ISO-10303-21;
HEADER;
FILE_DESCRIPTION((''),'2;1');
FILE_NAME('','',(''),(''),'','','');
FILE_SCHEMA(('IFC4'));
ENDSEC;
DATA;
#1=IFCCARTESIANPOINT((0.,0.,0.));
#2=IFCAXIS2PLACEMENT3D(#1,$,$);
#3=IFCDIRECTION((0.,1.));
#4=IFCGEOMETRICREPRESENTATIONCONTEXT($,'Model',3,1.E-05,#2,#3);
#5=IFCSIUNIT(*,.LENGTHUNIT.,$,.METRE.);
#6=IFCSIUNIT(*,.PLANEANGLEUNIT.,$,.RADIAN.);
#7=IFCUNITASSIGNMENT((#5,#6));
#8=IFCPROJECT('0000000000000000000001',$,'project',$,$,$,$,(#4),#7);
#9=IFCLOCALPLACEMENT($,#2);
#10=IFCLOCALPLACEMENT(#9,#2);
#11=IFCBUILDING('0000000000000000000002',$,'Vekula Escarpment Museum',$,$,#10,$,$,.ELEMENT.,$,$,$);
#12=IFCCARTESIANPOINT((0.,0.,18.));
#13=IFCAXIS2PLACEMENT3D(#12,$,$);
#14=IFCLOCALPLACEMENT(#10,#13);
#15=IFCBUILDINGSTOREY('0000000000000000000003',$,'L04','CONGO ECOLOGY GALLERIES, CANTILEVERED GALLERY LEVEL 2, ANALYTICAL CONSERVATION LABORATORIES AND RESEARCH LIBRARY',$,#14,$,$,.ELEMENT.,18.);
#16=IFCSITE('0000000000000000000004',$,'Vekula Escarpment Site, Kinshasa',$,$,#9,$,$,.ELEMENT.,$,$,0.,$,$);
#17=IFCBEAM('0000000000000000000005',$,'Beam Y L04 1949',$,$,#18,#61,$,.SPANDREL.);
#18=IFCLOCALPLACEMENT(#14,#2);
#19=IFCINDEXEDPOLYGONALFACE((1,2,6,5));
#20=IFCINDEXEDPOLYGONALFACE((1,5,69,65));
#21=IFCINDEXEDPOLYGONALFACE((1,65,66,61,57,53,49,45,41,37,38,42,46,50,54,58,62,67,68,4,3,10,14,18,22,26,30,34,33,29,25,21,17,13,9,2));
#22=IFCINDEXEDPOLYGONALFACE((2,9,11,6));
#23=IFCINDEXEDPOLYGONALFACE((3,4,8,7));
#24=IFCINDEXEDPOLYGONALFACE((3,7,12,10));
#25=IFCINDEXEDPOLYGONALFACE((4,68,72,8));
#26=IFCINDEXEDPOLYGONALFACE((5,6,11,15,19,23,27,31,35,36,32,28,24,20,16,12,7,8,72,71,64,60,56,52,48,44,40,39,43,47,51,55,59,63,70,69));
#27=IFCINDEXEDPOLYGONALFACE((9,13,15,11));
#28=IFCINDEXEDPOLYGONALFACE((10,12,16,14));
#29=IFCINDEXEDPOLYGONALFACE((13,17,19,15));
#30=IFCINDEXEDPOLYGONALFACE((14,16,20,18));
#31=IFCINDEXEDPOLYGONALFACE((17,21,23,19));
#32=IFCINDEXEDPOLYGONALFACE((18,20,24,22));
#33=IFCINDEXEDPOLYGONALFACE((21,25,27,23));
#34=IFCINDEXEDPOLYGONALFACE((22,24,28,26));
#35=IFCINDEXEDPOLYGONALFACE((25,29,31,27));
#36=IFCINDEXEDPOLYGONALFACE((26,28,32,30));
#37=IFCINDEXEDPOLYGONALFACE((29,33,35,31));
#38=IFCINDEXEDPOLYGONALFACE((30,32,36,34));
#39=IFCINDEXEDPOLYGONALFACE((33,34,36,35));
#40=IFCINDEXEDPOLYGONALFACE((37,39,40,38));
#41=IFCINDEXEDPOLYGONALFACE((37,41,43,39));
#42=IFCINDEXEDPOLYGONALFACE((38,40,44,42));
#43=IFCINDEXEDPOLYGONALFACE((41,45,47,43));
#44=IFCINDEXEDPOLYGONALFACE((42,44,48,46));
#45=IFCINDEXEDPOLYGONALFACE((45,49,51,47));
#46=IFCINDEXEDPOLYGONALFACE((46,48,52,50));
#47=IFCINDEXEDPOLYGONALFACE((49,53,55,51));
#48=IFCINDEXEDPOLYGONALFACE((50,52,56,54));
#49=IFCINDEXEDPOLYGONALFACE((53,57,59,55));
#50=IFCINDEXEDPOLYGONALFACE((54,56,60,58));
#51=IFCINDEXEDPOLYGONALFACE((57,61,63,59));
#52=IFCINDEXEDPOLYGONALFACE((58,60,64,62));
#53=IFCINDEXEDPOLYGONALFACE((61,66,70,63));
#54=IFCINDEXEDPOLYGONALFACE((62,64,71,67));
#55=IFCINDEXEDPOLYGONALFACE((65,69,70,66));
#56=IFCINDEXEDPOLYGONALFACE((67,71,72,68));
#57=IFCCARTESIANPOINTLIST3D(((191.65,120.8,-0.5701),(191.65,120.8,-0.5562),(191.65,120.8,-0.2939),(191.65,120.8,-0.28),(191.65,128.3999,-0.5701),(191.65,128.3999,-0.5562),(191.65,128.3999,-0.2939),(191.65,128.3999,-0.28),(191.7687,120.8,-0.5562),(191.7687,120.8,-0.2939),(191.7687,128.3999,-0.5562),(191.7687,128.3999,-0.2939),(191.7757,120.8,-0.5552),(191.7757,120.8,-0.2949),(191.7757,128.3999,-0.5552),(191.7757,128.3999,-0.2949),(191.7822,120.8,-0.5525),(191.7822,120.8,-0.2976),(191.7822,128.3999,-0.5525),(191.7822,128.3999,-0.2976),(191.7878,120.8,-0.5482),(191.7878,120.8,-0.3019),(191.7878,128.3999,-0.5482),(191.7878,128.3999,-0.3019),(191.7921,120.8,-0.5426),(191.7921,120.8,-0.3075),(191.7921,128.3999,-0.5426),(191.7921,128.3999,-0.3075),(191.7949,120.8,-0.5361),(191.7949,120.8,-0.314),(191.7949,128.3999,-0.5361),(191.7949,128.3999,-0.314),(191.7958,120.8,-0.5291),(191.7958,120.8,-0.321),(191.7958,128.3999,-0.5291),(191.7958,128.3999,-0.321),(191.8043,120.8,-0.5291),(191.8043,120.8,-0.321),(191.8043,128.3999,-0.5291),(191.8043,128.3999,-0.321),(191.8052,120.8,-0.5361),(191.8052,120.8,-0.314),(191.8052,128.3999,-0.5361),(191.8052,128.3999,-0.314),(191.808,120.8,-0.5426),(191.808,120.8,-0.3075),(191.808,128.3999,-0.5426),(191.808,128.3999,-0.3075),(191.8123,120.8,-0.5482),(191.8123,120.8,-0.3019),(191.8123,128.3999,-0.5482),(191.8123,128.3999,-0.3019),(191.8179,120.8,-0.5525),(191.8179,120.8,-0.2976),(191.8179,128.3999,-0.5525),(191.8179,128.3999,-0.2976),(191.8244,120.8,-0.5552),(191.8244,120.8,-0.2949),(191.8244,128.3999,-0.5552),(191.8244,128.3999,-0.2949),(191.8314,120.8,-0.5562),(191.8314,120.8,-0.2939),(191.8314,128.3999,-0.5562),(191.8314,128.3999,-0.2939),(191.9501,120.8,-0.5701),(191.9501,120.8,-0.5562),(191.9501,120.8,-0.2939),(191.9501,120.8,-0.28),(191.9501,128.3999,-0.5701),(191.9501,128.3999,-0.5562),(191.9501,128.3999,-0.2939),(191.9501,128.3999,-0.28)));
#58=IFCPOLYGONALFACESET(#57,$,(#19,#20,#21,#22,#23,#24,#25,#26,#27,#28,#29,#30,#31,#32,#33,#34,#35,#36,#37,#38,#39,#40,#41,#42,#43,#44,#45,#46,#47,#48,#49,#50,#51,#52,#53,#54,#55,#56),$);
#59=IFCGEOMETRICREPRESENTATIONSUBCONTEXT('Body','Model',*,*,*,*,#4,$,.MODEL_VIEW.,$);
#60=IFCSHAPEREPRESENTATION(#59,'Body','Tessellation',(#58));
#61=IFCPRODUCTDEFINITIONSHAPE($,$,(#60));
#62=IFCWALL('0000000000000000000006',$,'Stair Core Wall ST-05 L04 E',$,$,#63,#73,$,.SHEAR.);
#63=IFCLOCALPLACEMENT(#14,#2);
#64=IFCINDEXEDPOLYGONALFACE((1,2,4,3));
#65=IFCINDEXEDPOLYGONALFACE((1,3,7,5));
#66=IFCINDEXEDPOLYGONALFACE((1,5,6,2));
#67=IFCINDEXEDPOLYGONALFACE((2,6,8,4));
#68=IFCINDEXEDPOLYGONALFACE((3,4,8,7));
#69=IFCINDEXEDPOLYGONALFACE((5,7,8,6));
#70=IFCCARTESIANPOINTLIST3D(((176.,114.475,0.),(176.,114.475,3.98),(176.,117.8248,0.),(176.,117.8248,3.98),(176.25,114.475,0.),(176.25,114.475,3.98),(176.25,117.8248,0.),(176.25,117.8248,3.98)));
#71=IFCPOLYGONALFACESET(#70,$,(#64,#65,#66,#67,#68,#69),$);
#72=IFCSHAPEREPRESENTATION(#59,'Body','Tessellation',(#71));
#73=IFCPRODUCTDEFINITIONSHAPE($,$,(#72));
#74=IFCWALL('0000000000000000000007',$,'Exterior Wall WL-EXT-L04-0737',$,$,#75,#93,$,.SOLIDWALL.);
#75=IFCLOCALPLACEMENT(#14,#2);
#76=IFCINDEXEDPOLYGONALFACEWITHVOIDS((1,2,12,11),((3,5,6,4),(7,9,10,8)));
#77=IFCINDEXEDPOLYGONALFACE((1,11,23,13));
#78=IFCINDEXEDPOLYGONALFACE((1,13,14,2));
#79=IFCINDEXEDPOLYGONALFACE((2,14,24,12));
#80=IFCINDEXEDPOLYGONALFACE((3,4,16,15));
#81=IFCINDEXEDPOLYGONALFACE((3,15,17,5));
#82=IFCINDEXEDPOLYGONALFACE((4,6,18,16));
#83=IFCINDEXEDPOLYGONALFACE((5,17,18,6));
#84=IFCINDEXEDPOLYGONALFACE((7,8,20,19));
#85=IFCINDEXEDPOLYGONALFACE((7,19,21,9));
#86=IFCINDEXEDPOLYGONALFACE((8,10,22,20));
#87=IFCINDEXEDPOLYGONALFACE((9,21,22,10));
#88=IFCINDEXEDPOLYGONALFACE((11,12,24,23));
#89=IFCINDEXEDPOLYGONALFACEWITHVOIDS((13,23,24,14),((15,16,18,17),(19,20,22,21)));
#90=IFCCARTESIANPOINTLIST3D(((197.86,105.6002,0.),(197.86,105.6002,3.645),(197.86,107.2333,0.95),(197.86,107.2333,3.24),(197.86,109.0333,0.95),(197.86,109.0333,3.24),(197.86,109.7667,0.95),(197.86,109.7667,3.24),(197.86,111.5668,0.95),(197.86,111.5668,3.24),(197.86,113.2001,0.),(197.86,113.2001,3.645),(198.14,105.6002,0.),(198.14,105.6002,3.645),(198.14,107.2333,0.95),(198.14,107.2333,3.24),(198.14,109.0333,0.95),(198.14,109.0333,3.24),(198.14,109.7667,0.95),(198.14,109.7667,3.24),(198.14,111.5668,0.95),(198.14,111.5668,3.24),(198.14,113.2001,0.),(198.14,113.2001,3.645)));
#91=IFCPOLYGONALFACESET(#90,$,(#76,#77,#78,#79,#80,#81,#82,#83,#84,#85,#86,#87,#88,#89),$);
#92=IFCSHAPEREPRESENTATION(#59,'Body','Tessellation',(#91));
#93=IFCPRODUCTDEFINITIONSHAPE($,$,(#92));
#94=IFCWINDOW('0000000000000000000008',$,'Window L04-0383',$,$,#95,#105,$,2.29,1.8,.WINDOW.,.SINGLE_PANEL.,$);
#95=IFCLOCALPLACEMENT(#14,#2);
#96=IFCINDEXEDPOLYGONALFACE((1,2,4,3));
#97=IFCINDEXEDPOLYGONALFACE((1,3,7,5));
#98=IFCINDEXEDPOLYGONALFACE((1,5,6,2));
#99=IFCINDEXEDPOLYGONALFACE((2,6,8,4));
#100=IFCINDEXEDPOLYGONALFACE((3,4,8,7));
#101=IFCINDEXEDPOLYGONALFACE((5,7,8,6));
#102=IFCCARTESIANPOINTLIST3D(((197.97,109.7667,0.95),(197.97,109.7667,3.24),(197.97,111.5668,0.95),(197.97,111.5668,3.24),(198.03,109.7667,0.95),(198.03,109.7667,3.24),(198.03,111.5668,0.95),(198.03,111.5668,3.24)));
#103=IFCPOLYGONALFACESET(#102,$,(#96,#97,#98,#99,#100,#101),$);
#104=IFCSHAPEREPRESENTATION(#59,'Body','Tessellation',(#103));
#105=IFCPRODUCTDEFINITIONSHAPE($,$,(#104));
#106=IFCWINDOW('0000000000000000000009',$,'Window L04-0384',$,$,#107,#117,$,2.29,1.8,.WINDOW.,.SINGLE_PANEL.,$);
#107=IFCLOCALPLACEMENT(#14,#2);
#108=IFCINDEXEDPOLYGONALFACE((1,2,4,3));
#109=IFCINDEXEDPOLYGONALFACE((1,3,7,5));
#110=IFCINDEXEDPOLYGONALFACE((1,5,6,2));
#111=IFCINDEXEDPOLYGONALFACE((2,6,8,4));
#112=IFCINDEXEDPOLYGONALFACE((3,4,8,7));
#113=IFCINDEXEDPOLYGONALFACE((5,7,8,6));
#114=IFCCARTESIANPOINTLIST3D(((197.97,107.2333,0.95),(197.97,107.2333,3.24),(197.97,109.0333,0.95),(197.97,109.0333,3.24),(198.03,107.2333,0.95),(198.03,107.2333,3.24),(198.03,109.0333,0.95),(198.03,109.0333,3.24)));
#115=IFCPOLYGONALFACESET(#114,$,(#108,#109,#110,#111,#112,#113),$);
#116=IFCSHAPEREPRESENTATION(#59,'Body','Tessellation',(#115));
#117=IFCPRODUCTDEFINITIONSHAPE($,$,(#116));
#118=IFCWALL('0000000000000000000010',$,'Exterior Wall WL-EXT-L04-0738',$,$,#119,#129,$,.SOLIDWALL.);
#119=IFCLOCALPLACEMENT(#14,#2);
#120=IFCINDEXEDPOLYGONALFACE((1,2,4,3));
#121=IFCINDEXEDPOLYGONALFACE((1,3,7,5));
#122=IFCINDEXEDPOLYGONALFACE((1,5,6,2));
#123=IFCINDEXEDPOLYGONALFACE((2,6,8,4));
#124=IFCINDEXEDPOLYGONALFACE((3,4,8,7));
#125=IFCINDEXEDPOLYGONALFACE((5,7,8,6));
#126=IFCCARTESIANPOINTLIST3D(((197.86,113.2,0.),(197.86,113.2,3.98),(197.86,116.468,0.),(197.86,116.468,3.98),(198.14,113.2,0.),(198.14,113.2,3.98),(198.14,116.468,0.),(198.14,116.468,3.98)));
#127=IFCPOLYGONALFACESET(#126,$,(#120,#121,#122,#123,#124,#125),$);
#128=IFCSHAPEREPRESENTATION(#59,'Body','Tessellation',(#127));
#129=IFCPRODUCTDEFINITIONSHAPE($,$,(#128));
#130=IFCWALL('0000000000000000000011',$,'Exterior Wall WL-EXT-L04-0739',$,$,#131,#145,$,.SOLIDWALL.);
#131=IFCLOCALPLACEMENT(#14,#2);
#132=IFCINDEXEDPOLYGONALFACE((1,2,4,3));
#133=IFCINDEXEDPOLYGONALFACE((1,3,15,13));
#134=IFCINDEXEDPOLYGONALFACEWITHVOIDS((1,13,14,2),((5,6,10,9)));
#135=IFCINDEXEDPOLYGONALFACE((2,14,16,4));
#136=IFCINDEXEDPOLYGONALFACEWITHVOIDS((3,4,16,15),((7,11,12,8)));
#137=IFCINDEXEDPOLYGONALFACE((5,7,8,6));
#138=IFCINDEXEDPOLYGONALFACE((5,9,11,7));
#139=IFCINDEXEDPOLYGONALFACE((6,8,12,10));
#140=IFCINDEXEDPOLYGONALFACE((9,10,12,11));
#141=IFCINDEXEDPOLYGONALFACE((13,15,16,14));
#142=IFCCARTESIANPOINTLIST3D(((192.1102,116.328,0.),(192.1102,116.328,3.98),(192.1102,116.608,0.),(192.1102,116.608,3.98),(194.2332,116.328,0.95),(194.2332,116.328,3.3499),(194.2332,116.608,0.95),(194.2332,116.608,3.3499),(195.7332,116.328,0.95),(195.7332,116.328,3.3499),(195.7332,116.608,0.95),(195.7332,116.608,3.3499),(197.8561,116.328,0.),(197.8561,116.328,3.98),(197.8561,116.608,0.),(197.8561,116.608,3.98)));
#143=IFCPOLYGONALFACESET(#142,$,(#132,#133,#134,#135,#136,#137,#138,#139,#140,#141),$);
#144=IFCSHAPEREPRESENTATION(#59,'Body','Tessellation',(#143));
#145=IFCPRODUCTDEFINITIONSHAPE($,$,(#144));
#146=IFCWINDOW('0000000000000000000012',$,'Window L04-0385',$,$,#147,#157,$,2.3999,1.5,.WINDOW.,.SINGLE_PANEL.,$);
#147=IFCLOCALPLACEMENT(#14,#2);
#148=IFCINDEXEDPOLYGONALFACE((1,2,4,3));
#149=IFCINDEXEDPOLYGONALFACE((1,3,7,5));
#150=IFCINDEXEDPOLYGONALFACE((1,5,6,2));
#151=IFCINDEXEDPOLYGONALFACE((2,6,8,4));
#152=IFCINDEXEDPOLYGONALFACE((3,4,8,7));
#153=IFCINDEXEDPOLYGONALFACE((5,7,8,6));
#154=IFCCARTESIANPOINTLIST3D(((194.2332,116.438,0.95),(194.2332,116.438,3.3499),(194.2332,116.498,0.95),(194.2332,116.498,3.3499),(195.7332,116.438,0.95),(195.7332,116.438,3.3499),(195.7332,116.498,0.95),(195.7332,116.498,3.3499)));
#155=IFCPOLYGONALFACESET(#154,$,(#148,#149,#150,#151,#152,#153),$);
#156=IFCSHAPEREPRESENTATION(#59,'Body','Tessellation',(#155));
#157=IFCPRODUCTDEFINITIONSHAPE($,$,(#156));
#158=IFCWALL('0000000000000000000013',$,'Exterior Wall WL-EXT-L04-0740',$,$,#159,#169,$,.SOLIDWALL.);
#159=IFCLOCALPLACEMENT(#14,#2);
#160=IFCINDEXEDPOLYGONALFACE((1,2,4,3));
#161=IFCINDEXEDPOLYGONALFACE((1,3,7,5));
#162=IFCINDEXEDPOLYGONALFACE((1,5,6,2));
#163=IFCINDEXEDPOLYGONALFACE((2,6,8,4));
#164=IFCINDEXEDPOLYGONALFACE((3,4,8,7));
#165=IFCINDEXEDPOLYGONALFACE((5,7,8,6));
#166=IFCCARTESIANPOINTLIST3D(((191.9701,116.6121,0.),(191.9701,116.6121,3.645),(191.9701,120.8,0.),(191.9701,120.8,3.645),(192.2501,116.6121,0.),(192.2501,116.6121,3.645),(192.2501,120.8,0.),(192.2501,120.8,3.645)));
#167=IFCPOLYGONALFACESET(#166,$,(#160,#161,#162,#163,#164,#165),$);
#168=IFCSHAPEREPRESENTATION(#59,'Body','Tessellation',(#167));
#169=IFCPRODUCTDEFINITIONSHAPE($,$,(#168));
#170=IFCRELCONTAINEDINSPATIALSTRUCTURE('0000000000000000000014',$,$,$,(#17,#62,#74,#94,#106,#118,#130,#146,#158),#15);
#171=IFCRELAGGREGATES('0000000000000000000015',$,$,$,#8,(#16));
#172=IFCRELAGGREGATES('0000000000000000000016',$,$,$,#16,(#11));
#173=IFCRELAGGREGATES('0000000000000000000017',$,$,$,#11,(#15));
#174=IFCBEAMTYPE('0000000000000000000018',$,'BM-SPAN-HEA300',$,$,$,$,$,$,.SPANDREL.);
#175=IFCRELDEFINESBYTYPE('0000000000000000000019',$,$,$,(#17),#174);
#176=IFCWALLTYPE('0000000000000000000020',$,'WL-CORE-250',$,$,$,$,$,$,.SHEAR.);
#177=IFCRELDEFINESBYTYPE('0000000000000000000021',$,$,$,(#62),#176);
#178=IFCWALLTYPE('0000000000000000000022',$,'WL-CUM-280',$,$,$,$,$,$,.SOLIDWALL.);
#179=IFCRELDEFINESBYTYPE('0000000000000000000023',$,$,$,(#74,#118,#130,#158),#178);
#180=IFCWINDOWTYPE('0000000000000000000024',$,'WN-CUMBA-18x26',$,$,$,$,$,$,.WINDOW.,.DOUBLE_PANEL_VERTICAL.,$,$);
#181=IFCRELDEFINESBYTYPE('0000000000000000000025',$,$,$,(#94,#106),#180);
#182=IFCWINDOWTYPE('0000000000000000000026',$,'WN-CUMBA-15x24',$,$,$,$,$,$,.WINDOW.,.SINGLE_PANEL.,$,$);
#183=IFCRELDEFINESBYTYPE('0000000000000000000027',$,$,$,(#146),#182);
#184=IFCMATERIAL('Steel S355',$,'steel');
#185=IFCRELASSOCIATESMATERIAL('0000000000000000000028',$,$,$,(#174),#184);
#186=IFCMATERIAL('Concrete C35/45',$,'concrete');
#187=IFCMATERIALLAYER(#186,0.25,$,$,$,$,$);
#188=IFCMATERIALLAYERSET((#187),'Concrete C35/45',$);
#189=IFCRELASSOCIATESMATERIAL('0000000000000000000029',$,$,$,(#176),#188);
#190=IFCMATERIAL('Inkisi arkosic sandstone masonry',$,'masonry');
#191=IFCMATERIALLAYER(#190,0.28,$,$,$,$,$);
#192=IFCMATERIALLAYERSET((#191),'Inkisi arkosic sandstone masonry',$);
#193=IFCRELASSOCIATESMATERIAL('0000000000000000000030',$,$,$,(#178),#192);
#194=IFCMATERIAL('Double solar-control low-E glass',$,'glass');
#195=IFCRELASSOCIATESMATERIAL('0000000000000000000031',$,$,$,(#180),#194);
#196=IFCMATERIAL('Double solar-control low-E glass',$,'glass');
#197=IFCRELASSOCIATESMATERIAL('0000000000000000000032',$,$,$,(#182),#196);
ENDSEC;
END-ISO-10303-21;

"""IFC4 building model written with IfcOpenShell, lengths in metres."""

from ifc_helpers import new_model, si_unit, direction, frame, frame_2d, origin, origin_2d, place, context, subcontext, project, spatial, rectangle, i_section, extrude, material, layer, layer_set, material_profile, profile_set, type_object, element, fill, save


model = new_model("IFC4")

# Units and contexts
model_context = context("Model", 3, precision=1e-05, world=origin(), true_north=direction((0.0, 1.0)))
body_context = subcontext(model_context, "Body", "Model", "MODEL_VIEW")
ifc_project = project(units=[si_unit("LENGTHUNIT", "METRE"), si_unit("PLANEANGLEUNIT", "RADIAN")], contexts=[model_context])

# Site, building, storey
site_placement = place(None, origin())
site = spatial("IfcSite", under=ifc_project, at=site_placement, Name="Vekula Escarpment Site, Kinshasa", CompositionType="ELEMENT", RefElevation=0.0)
building_placement = place(site_placement, origin())
building = spatial("IfcBuilding", under=site, at=building_placement, Name="Vekula Escarpment Museum", CompositionType="ELEMENT")
storey_placement = place(building_placement, frame((0.0, 0.0, 18.0)))
storey = spatial("IfcBuildingStorey", under=building, at=storey_placement, Name="L04", Description="CONGO ECOLOGY GALLERIES, CANTILEVERED GALLERY LEVEL 2, ANALYTICAL CONSERVATION LABORATORIES AND RESEARCH LIBRARY", CompositionType="ELEMENT", Elevation=18.0)

# Beam
ifc_material_1 = material(Name="Steel S355", Category="steel")
ifc_material_profile_1 = material_profile(ifc_material_1, i_section(OverallWidth=0.3, OverallDepth=0.29, WebThickness=0.0085, FlangeThickness=0.0139, FilletRadius=0.0271, at=origin_2d()), Name="HEA 300")
ifc_profile_set_1 = profile_set([ifc_material_profile_1], Name="Steel S355")
beam_type_1 = type_object("IfcBeamType", Name="BM-SPAN-HEA300", PredefinedType="SPANDREL", material=ifc_profile_set_1)
beam_1_placement = place(storey_placement, frame((191.8, 120.8, -0.425), z_axis=(0.0, 1.0, 0.0), x_axis=(-1.0, 0.0, 0.0)))
element("IfcBeam", 1, at=beam_1_placement, inside=storey, type_object=beam_type_1, Name="Beam Y L04 1949", PredefinedType="SPANDREL", context=body_context, shape_type="SweptSolid", body=[
    extrude(i_section(OverallWidth=0.3, OverallDepth=0.29, WebThickness=0.0085, FlangeThickness=0.0139, FilletRadius=0.0271, at=origin_2d()), origin(), (0.0, 0.0, 1.0), 7.5999),
])

# Wall
ifc_material_2 = material(Name="Concrete C35/45", Category="concrete")
ifc_layer_1 = layer(ifc_material_2, 0.25)
ifc_layer_set_1 = layer_set([ifc_layer_1], Name="Concrete C35/45")
wall_type_1 = type_object("IfcWallType", Name="WL-CORE-250", PredefinedType="SHEAR", material=ifc_layer_set_1)
wall_1_placement = place(storey_placement, frame((176.125, 114.4751, 0.0), z_axis=(0.0, 0.0, 1.0), x_axis=(0.0, 1.0, 0.0)))
element("IfcWall", 2, at=wall_1_placement, inside=storey, type_object=wall_type_1, Name="Stair Core Wall ST-05 L04 E", PredefinedType="SHEAR", context=body_context, shape_type="SweptSolid", body=[
    extrude(rectangle(XDim=3.3499, YDim=0.25, at=frame_2d((1.6748, 0.0))), origin(), (0.0, 0.0, 1.0), 3.98),
])

# Wall, openings, windows
ifc_material_3 = material(Name="Inkisi arkosic sandstone masonry", Category="masonry")
ifc_layer_2 = layer(ifc_material_3, 0.28)
ifc_layer_set_2 = layer_set([ifc_layer_2], Name="Inkisi arkosic sandstone masonry")
wall_type_2 = type_object("IfcWallType", Name="WL-CUM-280", PredefinedType="SOLIDWALL", material=ifc_layer_set_2)
wall_2_placement = place(storey_placement, frame((198.0, 113.2, 0.0), z_axis=(0.0, 0.0, 1.0), x_axis=(0.0, -1.0, 0.0)))
wall_2 = element("IfcWall", 3, at=wall_2_placement, inside=storey, type_object=wall_type_2, Name="Exterior Wall WL-EXT-L04-0737", PredefinedType="SOLIDWALL", context=body_context, shape_type="SweptSolid", body=[
    extrude(rectangle(XDim=7.5999, YDim=0.28, at=frame_2d((3.7998, 0.0))), origin(), (0.0, 0.0, 1.0), 3.645),
])
opening_1_placement = place(wall_2_placement, frame((1.6333, 0.0, 0.95)))
opening_1 = element("IfcOpeningElement", 4, at=opening_1_placement, cuts=wall_2, PredefinedType="OPENING", context=body_context, shape_type="SweptSolid", body=[
    extrude(rectangle(XDim=1.8, YDim=2.29, at=frame_2d((0.8999, 1.145))), frame((0.0, 0.1499, 0.0), z_axis=(0.0, -1.0, 0.0), x_axis=(1.0, 0.0, 0.0)), (0.0, 0.0, 1.0), 0.3),
])
opening_2_placement = place(wall_2_placement, frame((4.1667, 0.0, 0.95)))
opening_2 = element("IfcOpeningElement", 5, at=opening_2_placement, cuts=wall_2, PredefinedType="OPENING", context=body_context, shape_type="SweptSolid", body=[
    extrude(rectangle(XDim=1.8, YDim=2.29, at=frame_2d((0.8999, 1.145))), frame((0.0, 0.1499, 0.0), z_axis=(0.0, -1.0, 0.0), x_axis=(1.0, 0.0, 0.0)), (0.0, 0.0, 1.0), 0.3),
])
ifc_material_4 = material(Name="Double solar-control low-E glass", Category="glass")
window_type_1 = type_object("IfcWindowType", Name="WN-CUMBA-18x26", PartitioningType="DOUBLE_PANEL_VERTICAL", PredefinedType="WINDOW", material=ifc_material_4)
window_1_placement = place(opening_1_placement, origin())
window_1 = element("IfcWindow", 6, at=window_1_placement, inside=storey, type_object=window_type_1, Name="Window L04-0383", OverallHeight=2.29, OverallWidth=1.8, PartitioningType="SINGLE_PANEL", PredefinedType="WINDOW", context=body_context, shape_type="SweptSolid", body=[
    extrude(rectangle(XDim=1.8, YDim=2.29, at=frame_2d((0.8999, 1.145))), frame((0.0, 0.03, 0.0), z_axis=(0.0, -1.0, 0.0), x_axis=(1.0, 0.0, 0.0)), (0.0, 0.0, 1.0), 0.0601),
])
fill(opening_1, window_1)
window_2_placement = place(opening_2_placement, origin())
window_2 = element("IfcWindow", 7, at=window_2_placement, inside=storey, type_object=window_type_1, Name="Window L04-0384", OverallHeight=2.29, OverallWidth=1.8, PartitioningType="SINGLE_PANEL", PredefinedType="WINDOW", context=body_context, shape_type="SweptSolid", body=[
    extrude(rectangle(XDim=1.8, YDim=2.29, at=frame_2d((0.8999, 1.145))), frame((0.0, 0.03, 0.0), z_axis=(0.0, -1.0, 0.0), x_axis=(1.0, 0.0, 0.0)), (0.0, 0.0, 1.0), 0.0601),
])
fill(opening_2, window_2)

# Wall
wall_3_placement = place(storey_placement, frame((198.0, 116.468, 0.0), z_axis=(0.0, 0.0, 1.0), x_axis=(0.0, -1.0, 0.0)))
element("IfcWall", 8, at=wall_3_placement, inside=storey, type_object=wall_type_2, Name="Exterior Wall WL-EXT-L04-0738", PredefinedType="SOLIDWALL", context=body_context, shape_type="SweptSolid", body=[
    extrude(rectangle(XDim=3.2681, YDim=0.28, at=frame_2d((1.634, 0.0))), origin(), (0.0, 0.0, 1.0), 3.98),
])

# Wall, opening, window
wall_4_placement = place(storey_placement, frame((192.1101, 116.468, 0.0), z_axis=(0.0, 0.0, 1.0), x_axis=(1.0, 0.0, 0.0)))
wall_4 = element("IfcWall", 9, at=wall_4_placement, inside=storey, type_object=wall_type_2, Name="Exterior Wall WL-EXT-L04-0739", PredefinedType="SOLIDWALL", context=body_context, shape_type="SweptSolid", body=[
    extrude(rectangle(XDim=5.7458, YDim=0.28, at=frame_2d((2.873, 0.0))), origin(), (0.0, 0.0, 1.0), 3.98),
])
opening_3_placement = place(wall_4_placement, frame((2.123, 0.0, 0.95)))
opening_3 = element("IfcOpeningElement", 10, at=opening_3_placement, cuts=wall_4, PredefinedType="OPENING", context=body_context, shape_type="SweptSolid", body=[
    extrude(rectangle(XDim=1.5, YDim=2.3999, at=frame_2d((0.75, 1.2))), frame((0.0, 0.1499, 0.0), z_axis=(0.0, -1.0, 0.0), x_axis=(1.0, 0.0, 0.0)), (0.0, 0.0, 1.0), 0.3),
])
ifc_material_5 = material(Name="Double solar-control low-E glass", Category="glass")
window_type_2 = type_object("IfcWindowType", Name="WN-CUMBA-15x24", PartitioningType="SINGLE_PANEL", PredefinedType="WINDOW", material=ifc_material_5)
window_3_placement = place(opening_3_placement, origin())
window_3 = element("IfcWindow", 11, at=window_3_placement, inside=storey, type_object=window_type_2, Name="Window L04-0385", OverallHeight=2.3999, OverallWidth=1.5, PartitioningType="SINGLE_PANEL", PredefinedType="WINDOW", context=body_context, shape_type="SweptSolid", body=[
    extrude(rectangle(XDim=1.5, YDim=2.3999, at=frame_2d((0.75, 1.2))), frame((0.0, 0.03, 0.0), z_axis=(0.0, -1.0, 0.0), x_axis=(1.0, 0.0, 0.0)), (0.0, 0.0, 1.0), 0.0601),
])
fill(opening_3, window_3)

# Wall
wall_5_placement = place(storey_placement, frame((192.1101, 120.8, 0.0), z_axis=(0.0, 0.0, 1.0), x_axis=(0.0, -1.0, 0.0)))
element("IfcWall", 12, at=wall_5_placement, inside=storey, type_object=wall_type_2, Name="Exterior Wall WL-EXT-L04-0740", PredefinedType="SOLIDWALL", context=body_context, shape_type="SweptSolid", body=[
    extrude(rectangle(XDim=4.188, YDim=0.28, at=frame_2d((2.094, 0.0))), origin(), (0.0, 0.0, 1.0), 3.645),
])

save(model, "model.ifc")
